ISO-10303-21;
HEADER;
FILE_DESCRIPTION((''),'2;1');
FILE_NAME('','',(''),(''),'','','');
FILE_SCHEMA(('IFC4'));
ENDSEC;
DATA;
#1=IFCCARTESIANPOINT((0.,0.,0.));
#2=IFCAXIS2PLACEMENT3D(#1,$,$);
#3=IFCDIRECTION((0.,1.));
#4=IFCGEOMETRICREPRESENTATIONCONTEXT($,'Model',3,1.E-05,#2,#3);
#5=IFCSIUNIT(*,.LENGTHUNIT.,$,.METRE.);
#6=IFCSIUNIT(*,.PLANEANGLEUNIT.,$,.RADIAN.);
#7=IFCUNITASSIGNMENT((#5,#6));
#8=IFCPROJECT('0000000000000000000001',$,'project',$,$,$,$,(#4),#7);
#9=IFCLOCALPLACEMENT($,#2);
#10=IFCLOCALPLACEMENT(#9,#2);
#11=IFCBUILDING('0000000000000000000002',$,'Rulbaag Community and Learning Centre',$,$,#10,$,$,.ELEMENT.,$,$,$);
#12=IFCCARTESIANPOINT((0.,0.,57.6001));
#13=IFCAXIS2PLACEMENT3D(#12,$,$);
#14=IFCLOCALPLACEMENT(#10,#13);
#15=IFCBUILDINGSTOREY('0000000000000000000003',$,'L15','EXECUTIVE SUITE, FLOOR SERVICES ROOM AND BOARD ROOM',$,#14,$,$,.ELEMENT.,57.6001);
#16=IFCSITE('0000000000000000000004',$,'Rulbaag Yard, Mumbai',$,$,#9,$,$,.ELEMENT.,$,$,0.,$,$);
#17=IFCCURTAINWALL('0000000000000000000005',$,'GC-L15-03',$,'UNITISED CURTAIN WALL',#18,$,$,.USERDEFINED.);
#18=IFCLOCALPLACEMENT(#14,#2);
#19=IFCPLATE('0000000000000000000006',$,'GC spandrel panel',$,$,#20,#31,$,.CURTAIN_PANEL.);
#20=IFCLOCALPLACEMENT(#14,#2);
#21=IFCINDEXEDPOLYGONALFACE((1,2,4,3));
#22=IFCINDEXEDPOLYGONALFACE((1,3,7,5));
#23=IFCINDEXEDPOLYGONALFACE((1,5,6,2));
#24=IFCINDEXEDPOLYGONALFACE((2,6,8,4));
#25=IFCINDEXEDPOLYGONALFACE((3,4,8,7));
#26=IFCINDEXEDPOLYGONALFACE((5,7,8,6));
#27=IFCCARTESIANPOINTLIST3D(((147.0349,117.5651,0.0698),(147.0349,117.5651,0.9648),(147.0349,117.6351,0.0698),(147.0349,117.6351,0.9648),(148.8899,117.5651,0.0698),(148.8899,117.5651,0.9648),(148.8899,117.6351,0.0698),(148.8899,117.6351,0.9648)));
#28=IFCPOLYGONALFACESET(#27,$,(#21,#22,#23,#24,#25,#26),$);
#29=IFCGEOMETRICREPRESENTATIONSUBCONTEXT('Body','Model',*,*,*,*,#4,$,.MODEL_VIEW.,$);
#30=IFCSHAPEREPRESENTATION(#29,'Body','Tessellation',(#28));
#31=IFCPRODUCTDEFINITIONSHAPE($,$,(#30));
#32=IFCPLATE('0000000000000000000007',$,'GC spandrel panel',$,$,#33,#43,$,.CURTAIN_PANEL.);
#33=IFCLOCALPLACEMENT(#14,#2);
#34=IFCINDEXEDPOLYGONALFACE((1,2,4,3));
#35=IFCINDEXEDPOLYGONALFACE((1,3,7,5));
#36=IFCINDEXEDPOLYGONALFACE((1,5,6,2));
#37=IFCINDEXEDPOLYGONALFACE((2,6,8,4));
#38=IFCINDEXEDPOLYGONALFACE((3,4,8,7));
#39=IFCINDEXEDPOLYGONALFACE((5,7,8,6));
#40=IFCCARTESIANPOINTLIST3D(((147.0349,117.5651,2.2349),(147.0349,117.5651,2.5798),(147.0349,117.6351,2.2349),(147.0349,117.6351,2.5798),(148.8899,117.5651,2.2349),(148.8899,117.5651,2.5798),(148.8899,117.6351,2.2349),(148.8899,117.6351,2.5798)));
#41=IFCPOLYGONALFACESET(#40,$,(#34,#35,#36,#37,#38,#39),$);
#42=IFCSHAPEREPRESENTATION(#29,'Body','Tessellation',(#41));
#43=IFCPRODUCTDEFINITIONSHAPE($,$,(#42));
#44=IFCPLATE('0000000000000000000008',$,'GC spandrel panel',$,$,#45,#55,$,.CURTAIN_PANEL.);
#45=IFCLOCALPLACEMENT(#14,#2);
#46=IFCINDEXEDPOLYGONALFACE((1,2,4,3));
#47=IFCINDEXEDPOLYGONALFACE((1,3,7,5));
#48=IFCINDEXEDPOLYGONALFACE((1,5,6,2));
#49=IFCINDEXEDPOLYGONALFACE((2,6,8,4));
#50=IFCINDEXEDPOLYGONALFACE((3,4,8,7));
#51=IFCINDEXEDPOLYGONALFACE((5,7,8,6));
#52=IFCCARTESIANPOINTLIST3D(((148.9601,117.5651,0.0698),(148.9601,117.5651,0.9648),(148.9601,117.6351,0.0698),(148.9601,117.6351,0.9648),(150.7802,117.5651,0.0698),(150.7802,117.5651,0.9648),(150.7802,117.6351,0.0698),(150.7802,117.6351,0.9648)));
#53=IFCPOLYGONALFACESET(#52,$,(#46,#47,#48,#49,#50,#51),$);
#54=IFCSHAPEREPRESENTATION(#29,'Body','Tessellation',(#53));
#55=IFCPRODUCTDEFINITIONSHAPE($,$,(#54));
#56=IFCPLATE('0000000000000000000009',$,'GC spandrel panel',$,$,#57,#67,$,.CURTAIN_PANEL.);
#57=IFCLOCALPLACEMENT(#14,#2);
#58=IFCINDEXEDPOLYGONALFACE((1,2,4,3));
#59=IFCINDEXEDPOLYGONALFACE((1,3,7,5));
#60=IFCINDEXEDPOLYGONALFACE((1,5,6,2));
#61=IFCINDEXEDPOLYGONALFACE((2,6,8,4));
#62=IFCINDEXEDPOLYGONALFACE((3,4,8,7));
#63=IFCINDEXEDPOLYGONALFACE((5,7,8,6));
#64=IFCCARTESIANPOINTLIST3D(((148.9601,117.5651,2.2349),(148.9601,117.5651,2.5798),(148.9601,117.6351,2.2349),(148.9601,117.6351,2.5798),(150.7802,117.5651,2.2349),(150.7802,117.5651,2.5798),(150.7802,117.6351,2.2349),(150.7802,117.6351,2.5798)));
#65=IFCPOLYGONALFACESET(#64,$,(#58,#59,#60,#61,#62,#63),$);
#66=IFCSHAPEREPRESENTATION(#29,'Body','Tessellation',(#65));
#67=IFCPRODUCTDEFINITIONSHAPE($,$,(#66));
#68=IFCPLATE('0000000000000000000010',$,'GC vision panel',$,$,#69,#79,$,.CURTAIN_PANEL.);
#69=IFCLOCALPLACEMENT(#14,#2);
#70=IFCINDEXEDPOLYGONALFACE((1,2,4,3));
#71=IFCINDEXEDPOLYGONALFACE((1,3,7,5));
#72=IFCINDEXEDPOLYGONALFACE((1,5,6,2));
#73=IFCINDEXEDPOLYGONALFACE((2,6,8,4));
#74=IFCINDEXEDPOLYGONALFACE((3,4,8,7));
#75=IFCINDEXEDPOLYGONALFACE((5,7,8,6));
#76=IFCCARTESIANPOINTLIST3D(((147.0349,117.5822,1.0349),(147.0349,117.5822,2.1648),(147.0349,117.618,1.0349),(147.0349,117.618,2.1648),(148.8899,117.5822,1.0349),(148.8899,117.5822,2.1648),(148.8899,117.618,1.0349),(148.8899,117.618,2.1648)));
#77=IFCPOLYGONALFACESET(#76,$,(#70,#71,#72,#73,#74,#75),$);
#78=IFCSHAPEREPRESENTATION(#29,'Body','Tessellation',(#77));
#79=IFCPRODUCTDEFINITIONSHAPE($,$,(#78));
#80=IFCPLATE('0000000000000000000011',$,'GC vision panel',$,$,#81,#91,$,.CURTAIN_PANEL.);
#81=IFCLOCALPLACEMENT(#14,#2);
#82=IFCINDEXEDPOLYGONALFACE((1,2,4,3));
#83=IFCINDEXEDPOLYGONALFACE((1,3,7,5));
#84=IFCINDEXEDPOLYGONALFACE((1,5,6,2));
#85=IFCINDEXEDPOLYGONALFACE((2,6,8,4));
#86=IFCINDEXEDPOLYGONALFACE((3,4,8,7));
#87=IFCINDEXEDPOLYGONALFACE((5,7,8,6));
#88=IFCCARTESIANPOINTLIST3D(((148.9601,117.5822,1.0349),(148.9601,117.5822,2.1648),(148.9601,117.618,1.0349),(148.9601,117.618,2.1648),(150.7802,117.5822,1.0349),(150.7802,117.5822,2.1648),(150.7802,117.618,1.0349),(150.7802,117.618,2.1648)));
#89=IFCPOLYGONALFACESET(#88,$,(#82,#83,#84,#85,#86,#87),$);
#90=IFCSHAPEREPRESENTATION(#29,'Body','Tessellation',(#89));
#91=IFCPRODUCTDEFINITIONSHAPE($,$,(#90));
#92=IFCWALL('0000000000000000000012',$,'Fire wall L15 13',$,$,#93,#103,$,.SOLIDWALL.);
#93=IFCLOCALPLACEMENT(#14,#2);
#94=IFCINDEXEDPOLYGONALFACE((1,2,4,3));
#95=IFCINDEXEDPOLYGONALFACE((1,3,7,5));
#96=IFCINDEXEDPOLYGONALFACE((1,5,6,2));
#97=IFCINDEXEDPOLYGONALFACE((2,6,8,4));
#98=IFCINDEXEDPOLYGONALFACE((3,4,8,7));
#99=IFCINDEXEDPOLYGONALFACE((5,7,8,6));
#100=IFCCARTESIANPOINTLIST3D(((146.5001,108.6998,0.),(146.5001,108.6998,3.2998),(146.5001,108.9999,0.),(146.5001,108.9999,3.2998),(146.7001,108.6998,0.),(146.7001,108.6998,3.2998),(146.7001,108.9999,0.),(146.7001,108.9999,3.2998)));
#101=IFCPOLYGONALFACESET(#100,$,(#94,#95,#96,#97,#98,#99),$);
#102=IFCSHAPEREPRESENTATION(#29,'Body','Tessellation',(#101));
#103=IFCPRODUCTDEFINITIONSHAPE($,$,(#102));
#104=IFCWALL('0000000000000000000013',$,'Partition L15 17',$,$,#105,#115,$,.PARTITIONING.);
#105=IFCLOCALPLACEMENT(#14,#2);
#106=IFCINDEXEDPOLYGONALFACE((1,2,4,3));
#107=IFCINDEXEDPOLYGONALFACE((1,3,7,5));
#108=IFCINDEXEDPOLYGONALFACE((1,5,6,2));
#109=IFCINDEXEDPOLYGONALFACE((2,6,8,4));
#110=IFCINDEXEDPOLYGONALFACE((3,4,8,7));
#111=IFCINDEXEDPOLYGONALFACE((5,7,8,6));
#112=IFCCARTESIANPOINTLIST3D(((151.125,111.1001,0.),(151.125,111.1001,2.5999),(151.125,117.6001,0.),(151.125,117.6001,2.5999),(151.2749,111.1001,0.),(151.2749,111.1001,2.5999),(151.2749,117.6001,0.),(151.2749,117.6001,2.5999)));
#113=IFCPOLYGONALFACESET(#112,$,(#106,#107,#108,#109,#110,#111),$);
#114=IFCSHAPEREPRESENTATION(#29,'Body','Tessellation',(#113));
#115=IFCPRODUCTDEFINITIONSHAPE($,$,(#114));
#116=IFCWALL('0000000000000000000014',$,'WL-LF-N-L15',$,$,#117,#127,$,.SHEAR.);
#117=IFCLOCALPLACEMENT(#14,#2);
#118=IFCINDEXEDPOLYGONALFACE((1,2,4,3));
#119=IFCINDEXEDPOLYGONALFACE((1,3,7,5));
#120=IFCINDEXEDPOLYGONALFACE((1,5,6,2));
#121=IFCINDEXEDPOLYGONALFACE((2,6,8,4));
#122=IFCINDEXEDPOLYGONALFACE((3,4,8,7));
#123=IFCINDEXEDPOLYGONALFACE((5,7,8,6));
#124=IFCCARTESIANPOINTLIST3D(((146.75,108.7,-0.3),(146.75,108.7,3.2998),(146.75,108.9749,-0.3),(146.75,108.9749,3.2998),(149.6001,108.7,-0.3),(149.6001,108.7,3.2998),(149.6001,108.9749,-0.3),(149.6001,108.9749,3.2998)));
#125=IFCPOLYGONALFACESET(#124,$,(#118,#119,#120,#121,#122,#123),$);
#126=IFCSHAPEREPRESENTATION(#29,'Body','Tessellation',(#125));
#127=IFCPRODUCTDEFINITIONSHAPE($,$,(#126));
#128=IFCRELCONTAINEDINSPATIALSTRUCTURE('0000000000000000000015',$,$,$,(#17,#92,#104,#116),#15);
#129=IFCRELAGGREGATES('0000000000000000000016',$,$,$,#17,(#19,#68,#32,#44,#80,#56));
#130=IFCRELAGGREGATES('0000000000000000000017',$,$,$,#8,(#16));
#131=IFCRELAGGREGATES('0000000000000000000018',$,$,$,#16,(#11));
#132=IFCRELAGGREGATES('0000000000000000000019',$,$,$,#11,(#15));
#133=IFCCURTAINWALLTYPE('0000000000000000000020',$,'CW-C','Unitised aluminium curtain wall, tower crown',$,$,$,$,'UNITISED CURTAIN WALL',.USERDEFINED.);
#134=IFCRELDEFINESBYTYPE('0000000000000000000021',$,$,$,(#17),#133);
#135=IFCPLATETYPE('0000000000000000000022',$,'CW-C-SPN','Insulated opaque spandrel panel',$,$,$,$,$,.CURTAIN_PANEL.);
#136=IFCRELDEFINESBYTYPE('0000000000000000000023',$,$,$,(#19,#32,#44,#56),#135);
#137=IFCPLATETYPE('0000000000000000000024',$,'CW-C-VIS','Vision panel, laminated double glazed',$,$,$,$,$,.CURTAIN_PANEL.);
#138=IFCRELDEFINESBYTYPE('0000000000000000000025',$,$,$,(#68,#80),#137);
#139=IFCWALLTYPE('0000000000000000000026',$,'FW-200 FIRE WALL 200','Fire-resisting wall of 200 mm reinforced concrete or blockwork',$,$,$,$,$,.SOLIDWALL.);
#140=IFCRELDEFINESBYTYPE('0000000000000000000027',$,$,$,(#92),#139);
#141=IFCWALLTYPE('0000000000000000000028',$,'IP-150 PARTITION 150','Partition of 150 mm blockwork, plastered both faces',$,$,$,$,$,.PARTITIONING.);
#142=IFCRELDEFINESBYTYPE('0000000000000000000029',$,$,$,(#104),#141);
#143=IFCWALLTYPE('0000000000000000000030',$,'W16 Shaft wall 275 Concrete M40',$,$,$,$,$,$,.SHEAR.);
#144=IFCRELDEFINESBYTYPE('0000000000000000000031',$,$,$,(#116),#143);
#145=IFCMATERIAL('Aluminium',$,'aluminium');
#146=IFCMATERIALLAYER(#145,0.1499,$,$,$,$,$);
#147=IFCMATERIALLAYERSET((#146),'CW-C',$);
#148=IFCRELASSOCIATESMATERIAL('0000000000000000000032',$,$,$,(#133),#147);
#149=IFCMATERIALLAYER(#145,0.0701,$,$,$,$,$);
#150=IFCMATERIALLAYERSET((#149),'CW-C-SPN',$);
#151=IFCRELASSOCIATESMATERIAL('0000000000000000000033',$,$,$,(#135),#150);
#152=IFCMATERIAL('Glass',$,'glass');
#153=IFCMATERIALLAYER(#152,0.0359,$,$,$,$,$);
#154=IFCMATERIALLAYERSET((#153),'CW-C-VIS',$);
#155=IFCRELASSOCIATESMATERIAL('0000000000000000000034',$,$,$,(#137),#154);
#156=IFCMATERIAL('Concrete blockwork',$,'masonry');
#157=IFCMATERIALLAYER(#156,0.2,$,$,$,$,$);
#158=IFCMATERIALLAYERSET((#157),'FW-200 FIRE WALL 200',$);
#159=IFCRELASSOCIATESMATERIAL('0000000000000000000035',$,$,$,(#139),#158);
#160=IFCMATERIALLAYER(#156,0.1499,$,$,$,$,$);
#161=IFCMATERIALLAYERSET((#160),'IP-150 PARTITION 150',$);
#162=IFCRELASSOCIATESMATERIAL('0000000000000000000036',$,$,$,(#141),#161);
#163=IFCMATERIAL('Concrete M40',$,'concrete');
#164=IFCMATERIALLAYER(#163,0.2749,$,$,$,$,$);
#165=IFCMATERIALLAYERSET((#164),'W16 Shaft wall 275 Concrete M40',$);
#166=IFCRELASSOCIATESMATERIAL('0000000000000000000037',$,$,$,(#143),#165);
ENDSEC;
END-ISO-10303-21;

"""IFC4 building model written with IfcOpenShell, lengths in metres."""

from ifc_helpers import new_model, si_unit, direction, frame, frame_2d, origin, origin_2d, place, context, subcontext, project, spatial, rectangle, extrude, material, layer, layer_set, type_object, element, aggregate, save


model = new_model("IFC4")

# Units and contexts
model_context = context("Model", 3, precision=1e-05, world=origin(), true_north=direction((0.0, 1.0)))
body_context = subcontext(model_context, "Body", "Model", "MODEL_VIEW")
ifc_project = project(units=[si_unit("LENGTHUNIT", "METRE"), si_unit("PLANEANGLEUNIT", "RADIAN")], contexts=[model_context])

# Site, building, storey
site_placement = place(None, origin())
site = spatial("IfcSite", under=ifc_project, at=site_placement, Name="Rulbaag Yard, Mumbai", CompositionType="ELEMENT", RefElevation=0.0)
building_placement = place(site_placement, origin())
building = spatial("IfcBuilding", under=site, at=building_placement, Name="Rulbaag Community and Learning Centre", CompositionType="ELEMENT")
storey_placement = place(building_placement, frame((0.0, 0.0, 57.6001)))
storey = spatial("IfcBuildingStorey", under=building, at=storey_placement, Name="L15", Description="EXECUTIVE SUITE, FLOOR SERVICES ROOM AND BOARD ROOM", CompositionType="ELEMENT", Elevation=57.6001)

# Shared definitions
ifc_material_1 = material(Name="Concrete M40", Category="concrete")

# Curtain wall, plates
ifc_material_2 = material(Name="Aluminium", Category="aluminium")
ifc_layer_1 = layer(ifc_material_2, 0.1499)
ifc_layer_set_1 = layer_set([ifc_layer_1], Name="CW-C")
curtain_wall_type = type_object("IfcCurtainWallType", Name="CW-C", Description="Unitised aluminium curtain wall, tower crown", ElementType="UNITISED CURTAIN WALL", PredefinedType="USERDEFINED", material=ifc_layer_set_1)
curtain_wall_placement = place(storey_placement, origin())
curtain_wall = element("IfcCurtainWall", 1, at=curtain_wall_placement, inside=storey, type_object=curtain_wall_type, Name="GC-L15-03", ObjectType="UNITISED CURTAIN WALL", PredefinedType="USERDEFINED")
ifc_layer_2 = layer(ifc_material_2, 0.0701)
ifc_layer_set_2 = layer_set([ifc_layer_2], Name="CW-C-SPN")
plate_type_1 = type_object("IfcPlateType", Name="CW-C-SPN", Description="Insulated opaque spandrel panel", PredefinedType="CURTAIN_PANEL", material=ifc_layer_set_2)
plate_1_placement = place(storey_placement, frame((147.9624, 117.6001, 0.0698), z_axis=(0.0, 0.0, 1.0), x_axis=(1.0, 0.0, 0.0)))
plate_1 = element("IfcPlate", 2, at=plate_1_placement, type_object=plate_type_1, Name="GC spandrel panel", PredefinedType="CURTAIN_PANEL", context=body_context, shape_type="SweptSolid", body=[
    extrude(rectangle(XDim=1.855, YDim=0.0701, at=origin_2d()), origin(), (0.0, 0.0, 1.0), 0.895),
])
plate_2_placement = place(storey_placement, frame((147.9624, 117.6001, 2.2349), z_axis=(0.0, 0.0, 1.0), x_axis=(1.0, 0.0, 0.0)))
plate_2 = element("IfcPlate", 3, at=plate_2_placement, type_object=plate_type_1, Name="GC spandrel panel", PredefinedType="CURTAIN_PANEL", context=body_context, shape_type="SweptSolid", body=[
    extrude(rectangle(XDim=1.855, YDim=0.0701, at=origin_2d()), origin(), (0.0, 0.0, 1.0), 0.345),
])
plate_3_placement = place(storey_placement, frame((149.8701, 117.6001, 0.0698), z_axis=(0.0, 0.0, 1.0), x_axis=(1.0, 0.0, 0.0)))
plate_3 = element("IfcPlate", 4, at=plate_3_placement, type_object=plate_type_1, Name="GC spandrel panel", PredefinedType="CURTAIN_PANEL", context=body_context, shape_type="SweptSolid", body=[
    extrude(rectangle(XDim=1.8201, YDim=0.0701, at=origin_2d()), origin(), (0.0, 0.0, 1.0), 0.895),
])
plate_4_placement = place(storey_placement, frame((149.8701, 117.6001, 2.2349), z_axis=(0.0, 0.0, 1.0), x_axis=(1.0, 0.0, 0.0)))
plate_4 = element("IfcPlate", 5, at=plate_4_placement, type_object=plate_type_1, Name="GC spandrel panel", PredefinedType="CURTAIN_PANEL", context=body_context, shape_type="SweptSolid", body=[
    extrude(rectangle(XDim=1.8201, YDim=0.0701, at=origin_2d()), origin(), (0.0, 0.0, 1.0), 0.345),
])
ifc_material_3 = material(Name="Glass", Category="glass")
ifc_layer_3 = layer(ifc_material_3, 0.0359)
ifc_layer_set_3 = layer_set([ifc_layer_3], Name="CW-C-VIS")
plate_type_2 = type_object("IfcPlateType", Name="CW-C-VIS", Description="Vision panel, laminated double glazed", PredefinedType="CURTAIN_PANEL", material=ifc_layer_set_3)
plate_5_placement = place(storey_placement, frame((147.9624, 117.6001, 1.0349), z_axis=(0.0, 0.0, 1.0), x_axis=(1.0, 0.0, 0.0)))
plate_5 = element("IfcPlate", 6, at=plate_5_placement, type_object=plate_type_2, Name="GC vision panel", PredefinedType="CURTAIN_PANEL", context=body_context, shape_type="SweptSolid", body=[
    extrude(rectangle(XDim=1.855, YDim=0.0359, at=origin_2d()), origin(), (0.0, 0.0, 1.0), 1.1299),
])
plate_6_placement = place(storey_placement, frame((149.8701, 117.6001, 1.0349), z_axis=(0.0, 0.0, 1.0), x_axis=(1.0, 0.0, 0.0)))
plate_6 = element("IfcPlate", 7, at=plate_6_placement, type_object=plate_type_2, Name="GC vision panel", PredefinedType="CURTAIN_PANEL", context=body_context, shape_type="SweptSolid", body=[
    extrude(rectangle(XDim=1.8201, YDim=0.0359, at=origin_2d()), origin(), (0.0, 0.0, 1.0), 1.1299),
])
aggregate(curtain_wall, [plate_1, plate_5, plate_2, plate_3, plate_6, plate_4])

# Walls
ifc_material_4 = material(Name="Concrete blockwork", Category="masonry")
ifc_layer_4 = layer(ifc_material_4, 0.2)
ifc_layer_set_4 = layer_set([ifc_layer_4], Name="FW-200 FIRE WALL 200")
wall_type_1 = type_object("IfcWallType", Name="FW-200 FIRE WALL 200", Description="Fire-resisting wall of 200 mm reinforced concrete or blockwork", PredefinedType="SOLIDWALL", material=ifc_layer_set_4)
wall_1_placement = place(storey_placement, frame((146.6001, 108.7, 0.0), z_axis=(0.0, 0.0, 1.0), x_axis=(0.0, 1.0, 0.0)))
element("IfcWall", 8, at=wall_1_placement, inside=storey, type_object=wall_type_1, Name="Fire wall L15 13", PredefinedType="SOLIDWALL", context=body_context, shape_type="SweptSolid", body=[
    extrude(rectangle(XDim=0.3, YDim=0.2, at=frame_2d((0.1499, 0.0))), origin(), (0.0, 0.0, 1.0), 3.2998),
])
ifc_layer_5 = layer(ifc_material_4, 0.1499)
ifc_layer_set_5 = layer_set([ifc_layer_5], Name="IP-150 PARTITION 150")
wall_type_2 = type_object("IfcWallType", Name="IP-150 PARTITION 150", Description="Partition of 150 mm blockwork, plastered both faces", PredefinedType="PARTITIONING", material=ifc_layer_set_5)
wall_2_placement = place(storey_placement, frame((151.2, 111.1001, 0.0), z_axis=(0.0, 0.0, 1.0), x_axis=(0.0, 1.0, 0.0)))
element("IfcWall", 9, at=wall_2_placement, inside=storey, type_object=wall_type_2, Name="Partition L15 17", PredefinedType="PARTITIONING", context=body_context, shape_type="SweptSolid", body=[
    extrude(rectangle(XDim=6.5, YDim=0.1499, at=frame_2d((3.25, 0.0))), origin(), (0.0, 0.0, 1.0), 2.5999),
])
ifc_layer_6 = layer(ifc_material_1, 0.2749)
ifc_layer_set_6 = layer_set([ifc_layer_6], Name="W16 Shaft wall 275 Concrete M40")
wall_type_3 = type_object("IfcWallType", Name="W16 Shaft wall 275 Concrete M40", PredefinedType="SHEAR", material=ifc_layer_set_6)
wall_3_placement = place(storey_placement, frame((146.75, 108.8374, -0.3), z_axis=(0.0, 0.0, 1.0), x_axis=(1.0, 0.0, 0.0)))
element("IfcWall", 10, at=wall_3_placement, inside=storey, type_object=wall_type_3, Name="WL-LF-N-L15", PredefinedType="SHEAR", context=body_context, shape_type="SweptSolid", body=[
    extrude(rectangle(XDim=2.8501, YDim=0.2749, at=frame_2d((1.425, 0.0))), origin(), (0.0, 0.0, 1.0), 3.5999),
])

save(model, "model.ifc")
